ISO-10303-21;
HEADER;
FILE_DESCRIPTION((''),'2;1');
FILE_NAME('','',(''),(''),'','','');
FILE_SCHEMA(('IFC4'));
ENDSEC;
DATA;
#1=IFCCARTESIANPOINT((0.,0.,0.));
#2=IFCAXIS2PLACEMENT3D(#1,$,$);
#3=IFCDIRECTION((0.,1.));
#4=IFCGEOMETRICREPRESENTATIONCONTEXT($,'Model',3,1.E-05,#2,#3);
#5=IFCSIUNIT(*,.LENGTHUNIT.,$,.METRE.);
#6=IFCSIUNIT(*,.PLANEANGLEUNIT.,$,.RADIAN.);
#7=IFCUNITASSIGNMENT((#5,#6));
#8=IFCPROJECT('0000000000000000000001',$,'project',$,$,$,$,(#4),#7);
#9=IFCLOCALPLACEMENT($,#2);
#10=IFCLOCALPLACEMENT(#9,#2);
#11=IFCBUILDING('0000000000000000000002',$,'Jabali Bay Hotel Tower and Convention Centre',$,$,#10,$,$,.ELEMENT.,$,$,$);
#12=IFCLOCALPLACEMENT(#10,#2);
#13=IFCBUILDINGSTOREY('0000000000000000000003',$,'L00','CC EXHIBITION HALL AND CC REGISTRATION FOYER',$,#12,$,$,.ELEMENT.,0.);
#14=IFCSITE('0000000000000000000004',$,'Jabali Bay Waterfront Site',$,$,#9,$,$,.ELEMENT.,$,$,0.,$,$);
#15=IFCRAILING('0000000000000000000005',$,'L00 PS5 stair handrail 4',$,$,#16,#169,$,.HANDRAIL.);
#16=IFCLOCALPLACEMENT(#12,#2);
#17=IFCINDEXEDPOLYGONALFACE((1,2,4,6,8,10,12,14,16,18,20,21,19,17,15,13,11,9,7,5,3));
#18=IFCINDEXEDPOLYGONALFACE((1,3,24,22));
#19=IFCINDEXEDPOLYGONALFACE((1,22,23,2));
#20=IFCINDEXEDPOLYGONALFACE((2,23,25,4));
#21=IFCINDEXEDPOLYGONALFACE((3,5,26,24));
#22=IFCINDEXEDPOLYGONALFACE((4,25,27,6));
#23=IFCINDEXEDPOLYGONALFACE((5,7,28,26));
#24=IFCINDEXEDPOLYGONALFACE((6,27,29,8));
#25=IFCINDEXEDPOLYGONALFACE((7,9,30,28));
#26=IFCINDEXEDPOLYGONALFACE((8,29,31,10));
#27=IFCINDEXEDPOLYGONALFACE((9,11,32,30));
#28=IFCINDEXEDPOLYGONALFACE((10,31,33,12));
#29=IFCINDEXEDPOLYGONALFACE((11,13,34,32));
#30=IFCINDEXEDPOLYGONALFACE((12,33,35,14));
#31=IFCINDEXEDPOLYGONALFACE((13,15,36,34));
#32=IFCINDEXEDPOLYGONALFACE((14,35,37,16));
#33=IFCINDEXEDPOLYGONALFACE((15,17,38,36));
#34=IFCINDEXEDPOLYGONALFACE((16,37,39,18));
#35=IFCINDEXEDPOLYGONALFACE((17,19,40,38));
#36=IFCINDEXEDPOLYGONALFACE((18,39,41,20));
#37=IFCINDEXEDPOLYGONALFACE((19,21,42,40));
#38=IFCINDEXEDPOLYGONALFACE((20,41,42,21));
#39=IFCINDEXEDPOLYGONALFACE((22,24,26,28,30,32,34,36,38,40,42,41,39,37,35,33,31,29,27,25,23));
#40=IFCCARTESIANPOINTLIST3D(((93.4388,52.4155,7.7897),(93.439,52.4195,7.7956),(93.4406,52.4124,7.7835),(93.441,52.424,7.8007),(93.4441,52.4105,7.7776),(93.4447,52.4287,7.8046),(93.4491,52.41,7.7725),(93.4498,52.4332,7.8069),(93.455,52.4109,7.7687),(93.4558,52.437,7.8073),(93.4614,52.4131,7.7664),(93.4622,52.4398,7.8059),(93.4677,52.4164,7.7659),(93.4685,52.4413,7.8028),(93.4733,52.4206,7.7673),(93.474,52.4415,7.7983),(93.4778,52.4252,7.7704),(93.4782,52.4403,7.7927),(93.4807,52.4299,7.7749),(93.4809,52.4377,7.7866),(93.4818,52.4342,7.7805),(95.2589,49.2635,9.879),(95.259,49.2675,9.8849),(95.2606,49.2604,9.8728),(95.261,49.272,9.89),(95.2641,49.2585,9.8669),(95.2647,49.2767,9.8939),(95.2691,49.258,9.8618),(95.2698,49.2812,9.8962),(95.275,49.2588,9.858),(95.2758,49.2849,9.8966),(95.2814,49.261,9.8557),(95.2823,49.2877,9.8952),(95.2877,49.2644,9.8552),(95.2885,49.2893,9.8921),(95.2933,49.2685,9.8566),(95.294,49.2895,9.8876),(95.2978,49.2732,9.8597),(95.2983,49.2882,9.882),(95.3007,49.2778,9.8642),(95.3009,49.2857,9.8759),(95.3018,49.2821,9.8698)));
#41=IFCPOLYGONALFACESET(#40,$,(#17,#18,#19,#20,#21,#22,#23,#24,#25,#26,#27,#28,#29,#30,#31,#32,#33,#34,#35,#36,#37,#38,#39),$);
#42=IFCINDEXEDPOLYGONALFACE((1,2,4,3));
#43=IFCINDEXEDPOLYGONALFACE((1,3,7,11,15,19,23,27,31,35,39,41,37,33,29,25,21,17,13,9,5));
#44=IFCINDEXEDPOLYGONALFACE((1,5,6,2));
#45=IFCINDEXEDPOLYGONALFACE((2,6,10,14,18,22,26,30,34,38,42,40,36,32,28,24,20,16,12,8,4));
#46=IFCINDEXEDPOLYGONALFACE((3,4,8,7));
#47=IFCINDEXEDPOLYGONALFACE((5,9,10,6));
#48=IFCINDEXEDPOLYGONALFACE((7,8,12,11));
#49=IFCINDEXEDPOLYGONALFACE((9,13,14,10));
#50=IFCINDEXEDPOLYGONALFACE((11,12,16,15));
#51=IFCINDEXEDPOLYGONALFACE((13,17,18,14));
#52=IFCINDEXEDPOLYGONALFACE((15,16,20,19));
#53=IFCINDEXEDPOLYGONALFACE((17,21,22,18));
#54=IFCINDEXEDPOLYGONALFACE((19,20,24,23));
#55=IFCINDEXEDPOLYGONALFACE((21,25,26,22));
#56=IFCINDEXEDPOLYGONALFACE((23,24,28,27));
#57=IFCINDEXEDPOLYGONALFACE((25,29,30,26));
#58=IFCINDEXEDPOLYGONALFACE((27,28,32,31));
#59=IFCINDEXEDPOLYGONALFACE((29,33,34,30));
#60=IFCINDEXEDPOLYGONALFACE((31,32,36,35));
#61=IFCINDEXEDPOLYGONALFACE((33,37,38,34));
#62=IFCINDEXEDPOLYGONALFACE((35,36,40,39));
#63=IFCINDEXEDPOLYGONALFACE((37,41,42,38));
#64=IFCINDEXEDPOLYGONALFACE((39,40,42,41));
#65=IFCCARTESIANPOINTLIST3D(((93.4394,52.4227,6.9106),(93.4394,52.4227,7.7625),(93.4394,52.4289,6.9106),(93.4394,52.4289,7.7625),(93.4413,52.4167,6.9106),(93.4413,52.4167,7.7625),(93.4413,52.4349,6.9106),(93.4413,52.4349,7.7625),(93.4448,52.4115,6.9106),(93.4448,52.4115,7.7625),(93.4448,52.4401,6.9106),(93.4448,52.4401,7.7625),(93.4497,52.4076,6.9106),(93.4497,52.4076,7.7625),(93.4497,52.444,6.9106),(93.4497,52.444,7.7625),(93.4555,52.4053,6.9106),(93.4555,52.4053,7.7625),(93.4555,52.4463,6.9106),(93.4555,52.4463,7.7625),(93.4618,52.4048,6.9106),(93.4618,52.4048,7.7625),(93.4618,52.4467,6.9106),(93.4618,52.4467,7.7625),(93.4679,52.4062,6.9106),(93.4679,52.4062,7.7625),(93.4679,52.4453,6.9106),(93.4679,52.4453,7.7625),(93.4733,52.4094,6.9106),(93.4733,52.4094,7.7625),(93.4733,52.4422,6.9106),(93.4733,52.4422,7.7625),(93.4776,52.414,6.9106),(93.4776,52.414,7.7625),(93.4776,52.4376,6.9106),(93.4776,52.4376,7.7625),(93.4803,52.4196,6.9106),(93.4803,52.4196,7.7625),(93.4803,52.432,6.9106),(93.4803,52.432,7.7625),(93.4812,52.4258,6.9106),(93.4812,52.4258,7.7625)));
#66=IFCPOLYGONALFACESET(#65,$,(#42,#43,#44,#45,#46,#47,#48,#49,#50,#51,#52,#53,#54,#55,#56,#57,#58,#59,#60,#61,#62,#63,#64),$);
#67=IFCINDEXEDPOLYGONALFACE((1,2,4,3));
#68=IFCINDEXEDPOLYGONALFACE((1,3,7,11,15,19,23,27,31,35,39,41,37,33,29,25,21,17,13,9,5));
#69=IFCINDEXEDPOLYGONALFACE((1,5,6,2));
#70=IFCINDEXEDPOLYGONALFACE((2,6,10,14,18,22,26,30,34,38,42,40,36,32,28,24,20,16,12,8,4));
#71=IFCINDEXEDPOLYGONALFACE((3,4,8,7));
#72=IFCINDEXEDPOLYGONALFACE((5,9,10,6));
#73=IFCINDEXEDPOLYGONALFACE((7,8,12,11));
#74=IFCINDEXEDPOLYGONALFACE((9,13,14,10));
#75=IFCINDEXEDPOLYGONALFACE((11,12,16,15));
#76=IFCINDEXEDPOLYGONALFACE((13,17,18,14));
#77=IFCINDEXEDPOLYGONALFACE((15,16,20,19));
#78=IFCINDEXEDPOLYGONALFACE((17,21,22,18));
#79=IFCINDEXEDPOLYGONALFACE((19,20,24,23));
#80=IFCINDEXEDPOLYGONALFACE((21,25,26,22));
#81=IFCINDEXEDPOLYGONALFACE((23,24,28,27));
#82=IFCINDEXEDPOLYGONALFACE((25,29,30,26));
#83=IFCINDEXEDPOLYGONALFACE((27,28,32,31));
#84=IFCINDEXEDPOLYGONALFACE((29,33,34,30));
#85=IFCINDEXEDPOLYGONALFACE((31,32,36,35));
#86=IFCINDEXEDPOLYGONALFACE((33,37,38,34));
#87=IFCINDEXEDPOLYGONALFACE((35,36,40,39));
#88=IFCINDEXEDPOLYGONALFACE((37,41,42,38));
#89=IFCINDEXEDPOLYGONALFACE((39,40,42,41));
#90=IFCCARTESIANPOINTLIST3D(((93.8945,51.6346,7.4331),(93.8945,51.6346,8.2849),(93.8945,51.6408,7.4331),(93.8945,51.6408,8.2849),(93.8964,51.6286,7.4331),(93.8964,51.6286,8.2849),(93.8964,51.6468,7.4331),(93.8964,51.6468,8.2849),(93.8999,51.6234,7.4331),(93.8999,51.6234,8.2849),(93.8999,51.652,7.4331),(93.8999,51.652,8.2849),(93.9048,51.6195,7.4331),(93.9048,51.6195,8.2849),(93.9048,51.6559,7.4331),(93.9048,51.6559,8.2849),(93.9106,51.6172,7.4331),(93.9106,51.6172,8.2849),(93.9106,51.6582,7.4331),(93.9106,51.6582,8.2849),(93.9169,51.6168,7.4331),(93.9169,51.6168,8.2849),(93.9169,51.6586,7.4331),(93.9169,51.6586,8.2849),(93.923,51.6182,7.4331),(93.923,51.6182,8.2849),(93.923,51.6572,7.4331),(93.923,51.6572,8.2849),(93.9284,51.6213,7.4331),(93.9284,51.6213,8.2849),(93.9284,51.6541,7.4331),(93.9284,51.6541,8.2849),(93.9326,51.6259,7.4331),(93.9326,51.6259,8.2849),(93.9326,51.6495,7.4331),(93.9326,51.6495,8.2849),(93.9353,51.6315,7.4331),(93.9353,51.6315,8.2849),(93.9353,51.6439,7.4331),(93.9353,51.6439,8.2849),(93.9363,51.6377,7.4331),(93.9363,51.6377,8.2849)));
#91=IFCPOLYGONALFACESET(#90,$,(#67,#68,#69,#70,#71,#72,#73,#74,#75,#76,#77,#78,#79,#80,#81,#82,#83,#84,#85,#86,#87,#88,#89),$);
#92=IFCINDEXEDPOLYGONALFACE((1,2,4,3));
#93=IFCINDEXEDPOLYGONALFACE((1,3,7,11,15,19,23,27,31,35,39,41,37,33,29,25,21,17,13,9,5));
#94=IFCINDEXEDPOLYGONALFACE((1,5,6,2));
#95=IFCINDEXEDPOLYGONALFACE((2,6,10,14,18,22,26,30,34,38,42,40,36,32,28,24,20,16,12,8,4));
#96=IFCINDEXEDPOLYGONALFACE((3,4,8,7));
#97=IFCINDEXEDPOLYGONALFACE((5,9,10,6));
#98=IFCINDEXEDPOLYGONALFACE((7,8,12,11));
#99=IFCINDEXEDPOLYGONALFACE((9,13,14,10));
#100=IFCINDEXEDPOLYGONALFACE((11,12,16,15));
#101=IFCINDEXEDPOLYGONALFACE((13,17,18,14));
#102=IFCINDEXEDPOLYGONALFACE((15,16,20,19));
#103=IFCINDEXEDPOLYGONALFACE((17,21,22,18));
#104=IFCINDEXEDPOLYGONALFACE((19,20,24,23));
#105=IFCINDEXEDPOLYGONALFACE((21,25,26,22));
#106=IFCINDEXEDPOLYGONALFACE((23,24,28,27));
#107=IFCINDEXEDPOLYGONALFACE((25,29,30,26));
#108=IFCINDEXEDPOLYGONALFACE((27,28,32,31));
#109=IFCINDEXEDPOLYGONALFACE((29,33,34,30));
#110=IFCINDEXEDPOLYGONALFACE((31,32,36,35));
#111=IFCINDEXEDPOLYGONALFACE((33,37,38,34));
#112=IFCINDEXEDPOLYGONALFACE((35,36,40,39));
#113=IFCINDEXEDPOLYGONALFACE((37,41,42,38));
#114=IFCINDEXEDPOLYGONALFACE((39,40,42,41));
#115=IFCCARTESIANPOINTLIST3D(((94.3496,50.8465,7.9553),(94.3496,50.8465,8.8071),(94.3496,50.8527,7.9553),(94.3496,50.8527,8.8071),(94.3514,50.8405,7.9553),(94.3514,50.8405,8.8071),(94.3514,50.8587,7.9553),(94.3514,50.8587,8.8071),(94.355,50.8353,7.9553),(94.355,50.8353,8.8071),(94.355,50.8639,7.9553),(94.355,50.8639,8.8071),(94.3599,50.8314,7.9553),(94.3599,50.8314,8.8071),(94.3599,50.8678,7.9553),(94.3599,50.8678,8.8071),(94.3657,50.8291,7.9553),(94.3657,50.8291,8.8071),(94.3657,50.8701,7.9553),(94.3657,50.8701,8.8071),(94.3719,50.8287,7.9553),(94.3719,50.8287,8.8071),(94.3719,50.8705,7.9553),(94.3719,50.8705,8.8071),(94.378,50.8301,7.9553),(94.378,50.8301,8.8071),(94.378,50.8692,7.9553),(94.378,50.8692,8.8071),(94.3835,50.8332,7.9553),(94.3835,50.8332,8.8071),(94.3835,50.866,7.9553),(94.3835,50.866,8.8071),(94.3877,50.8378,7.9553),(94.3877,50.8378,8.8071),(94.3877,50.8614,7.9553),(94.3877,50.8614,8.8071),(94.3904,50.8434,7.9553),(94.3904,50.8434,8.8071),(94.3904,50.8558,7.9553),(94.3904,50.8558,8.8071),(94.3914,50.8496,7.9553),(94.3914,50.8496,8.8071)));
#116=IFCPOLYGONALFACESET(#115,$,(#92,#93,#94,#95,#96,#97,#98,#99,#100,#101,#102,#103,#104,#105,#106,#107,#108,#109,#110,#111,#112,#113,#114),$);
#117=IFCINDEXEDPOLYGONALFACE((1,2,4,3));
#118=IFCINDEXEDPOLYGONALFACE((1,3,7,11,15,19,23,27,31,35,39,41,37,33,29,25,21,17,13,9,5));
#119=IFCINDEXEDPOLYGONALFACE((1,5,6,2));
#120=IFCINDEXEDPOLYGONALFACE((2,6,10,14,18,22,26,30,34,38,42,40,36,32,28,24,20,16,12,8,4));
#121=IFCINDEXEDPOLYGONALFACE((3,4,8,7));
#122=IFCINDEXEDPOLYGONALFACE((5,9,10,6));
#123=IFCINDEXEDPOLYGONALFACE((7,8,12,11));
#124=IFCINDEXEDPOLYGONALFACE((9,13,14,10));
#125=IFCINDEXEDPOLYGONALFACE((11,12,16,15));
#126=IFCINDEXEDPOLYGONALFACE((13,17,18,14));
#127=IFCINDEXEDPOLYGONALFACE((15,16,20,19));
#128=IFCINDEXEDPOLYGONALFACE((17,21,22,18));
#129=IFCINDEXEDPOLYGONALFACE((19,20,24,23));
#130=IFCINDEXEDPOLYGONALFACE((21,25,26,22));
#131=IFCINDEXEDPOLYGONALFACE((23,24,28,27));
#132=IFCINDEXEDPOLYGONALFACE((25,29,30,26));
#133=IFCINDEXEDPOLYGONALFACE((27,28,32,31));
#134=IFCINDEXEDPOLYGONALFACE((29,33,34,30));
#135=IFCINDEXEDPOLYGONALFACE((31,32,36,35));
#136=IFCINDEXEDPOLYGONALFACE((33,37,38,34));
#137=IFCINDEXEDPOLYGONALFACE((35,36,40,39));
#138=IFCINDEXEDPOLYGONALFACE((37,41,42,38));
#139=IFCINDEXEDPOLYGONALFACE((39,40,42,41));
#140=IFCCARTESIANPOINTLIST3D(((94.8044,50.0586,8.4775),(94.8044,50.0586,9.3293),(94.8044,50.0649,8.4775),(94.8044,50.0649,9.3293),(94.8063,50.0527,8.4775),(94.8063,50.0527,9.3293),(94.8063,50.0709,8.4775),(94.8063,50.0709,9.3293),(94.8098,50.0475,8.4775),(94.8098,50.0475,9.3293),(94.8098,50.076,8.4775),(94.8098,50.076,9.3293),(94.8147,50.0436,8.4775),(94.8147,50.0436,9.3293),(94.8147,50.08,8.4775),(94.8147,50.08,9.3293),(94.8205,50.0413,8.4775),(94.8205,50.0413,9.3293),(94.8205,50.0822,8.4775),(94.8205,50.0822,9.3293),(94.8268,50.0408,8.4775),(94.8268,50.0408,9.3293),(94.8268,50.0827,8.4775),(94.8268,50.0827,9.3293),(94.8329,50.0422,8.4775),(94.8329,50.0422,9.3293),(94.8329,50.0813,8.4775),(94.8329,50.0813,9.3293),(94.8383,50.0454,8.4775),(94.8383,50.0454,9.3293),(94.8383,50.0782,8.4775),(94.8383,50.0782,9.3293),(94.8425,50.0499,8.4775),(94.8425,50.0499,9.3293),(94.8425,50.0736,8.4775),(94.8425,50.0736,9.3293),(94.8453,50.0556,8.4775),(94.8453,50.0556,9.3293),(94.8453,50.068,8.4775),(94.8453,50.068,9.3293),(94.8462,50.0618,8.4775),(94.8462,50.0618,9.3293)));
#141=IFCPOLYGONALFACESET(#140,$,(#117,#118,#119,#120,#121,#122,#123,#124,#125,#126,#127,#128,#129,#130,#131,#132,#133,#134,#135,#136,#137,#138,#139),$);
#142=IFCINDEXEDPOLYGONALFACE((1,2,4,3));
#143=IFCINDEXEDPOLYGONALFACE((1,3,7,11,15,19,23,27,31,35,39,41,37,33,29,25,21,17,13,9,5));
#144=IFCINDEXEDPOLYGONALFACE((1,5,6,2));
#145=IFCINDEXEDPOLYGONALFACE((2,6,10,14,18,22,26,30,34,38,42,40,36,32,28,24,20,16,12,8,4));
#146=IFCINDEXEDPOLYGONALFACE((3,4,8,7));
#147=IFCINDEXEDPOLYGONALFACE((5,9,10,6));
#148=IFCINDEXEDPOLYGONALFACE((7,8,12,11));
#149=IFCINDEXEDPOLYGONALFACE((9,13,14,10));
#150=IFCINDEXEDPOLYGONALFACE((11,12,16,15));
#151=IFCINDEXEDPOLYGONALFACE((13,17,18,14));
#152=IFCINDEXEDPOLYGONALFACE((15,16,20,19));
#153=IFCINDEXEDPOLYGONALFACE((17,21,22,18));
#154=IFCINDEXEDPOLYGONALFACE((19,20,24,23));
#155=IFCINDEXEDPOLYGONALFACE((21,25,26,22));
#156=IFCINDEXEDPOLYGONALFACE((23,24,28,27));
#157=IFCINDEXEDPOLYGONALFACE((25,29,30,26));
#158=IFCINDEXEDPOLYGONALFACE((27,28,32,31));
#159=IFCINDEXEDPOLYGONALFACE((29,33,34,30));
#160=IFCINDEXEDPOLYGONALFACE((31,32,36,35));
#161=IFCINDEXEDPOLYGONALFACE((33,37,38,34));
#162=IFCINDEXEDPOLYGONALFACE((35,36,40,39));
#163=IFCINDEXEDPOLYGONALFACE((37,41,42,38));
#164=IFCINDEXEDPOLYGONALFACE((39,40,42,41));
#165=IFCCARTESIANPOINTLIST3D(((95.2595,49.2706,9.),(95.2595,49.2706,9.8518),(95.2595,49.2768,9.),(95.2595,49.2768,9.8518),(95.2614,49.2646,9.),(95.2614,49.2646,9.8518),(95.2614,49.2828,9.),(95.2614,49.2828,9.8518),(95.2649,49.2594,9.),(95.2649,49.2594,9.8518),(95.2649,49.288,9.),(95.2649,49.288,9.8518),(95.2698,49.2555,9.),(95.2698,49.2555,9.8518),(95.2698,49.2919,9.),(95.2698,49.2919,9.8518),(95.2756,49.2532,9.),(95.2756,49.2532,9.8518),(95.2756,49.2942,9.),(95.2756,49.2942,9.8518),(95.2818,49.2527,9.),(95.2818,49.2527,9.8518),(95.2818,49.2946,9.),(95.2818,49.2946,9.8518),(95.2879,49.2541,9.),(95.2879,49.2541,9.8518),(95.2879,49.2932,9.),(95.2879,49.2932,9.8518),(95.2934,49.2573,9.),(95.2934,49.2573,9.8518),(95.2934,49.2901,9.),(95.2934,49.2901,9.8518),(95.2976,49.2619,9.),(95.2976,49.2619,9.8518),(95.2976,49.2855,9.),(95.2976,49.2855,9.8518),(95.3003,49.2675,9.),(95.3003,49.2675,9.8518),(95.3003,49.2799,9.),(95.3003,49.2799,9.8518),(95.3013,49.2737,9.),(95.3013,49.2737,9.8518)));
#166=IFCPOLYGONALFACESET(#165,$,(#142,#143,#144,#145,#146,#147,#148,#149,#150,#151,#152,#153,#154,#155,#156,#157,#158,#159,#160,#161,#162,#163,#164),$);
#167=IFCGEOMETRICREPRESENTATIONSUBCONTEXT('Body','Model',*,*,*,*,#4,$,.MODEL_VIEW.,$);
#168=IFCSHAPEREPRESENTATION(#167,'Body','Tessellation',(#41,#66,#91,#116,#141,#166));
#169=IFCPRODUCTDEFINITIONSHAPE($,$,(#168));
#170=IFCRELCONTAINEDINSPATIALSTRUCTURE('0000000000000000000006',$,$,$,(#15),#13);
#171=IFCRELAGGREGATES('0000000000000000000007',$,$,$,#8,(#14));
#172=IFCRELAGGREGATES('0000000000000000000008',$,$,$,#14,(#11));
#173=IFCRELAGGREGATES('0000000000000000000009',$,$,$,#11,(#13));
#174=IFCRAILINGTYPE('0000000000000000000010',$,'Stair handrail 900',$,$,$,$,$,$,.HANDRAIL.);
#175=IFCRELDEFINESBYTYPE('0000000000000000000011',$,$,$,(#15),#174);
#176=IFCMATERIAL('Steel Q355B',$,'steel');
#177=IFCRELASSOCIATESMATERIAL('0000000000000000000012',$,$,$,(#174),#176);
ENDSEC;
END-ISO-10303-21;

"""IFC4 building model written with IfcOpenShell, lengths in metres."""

from ifc_helpers import new_model, si_unit, direction, frame, origin, origin_2d, place, context, subcontext, project, spatial, circle, extrude, material, type_object, element, save


model = new_model("IFC4")

# Units and contexts
model_context = context("Model", 3, precision=1e-05, world=origin(), true_north=direction((0.0, 1.0)))
body_context = subcontext(model_context, "Body", "Model", "MODEL_VIEW")
ifc_project = project(units=[si_unit("LENGTHUNIT", "METRE"), si_unit("PLANEANGLEUNIT", "RADIAN")], contexts=[model_context])

# Site, building, storey
site_placement = place(None, origin())
site = spatial("IfcSite", under=ifc_project, at=site_placement, Name="Jabali Bay Waterfront Site", CompositionType="ELEMENT", RefElevation=0.0)
building_placement = place(site_placement, origin())
building = spatial("IfcBuilding", under=site, at=building_placement, Name="Jabali Bay Hotel Tower and Convention Centre", CompositionType="ELEMENT")
storey_placement = place(building_placement, origin())
storey = spatial("IfcBuildingStorey", under=building, at=storey_placement, Name="L00", Description="CC EXHIBITION HALL AND CC REGISTRATION FOYER", CompositionType="ELEMENT", Elevation=0.0)

# Railing
ifc_material_1 = material(Name="Steel Q355B", Category="steel")
railing_type_1 = type_object("IfcRailingType", Name="Stair handrail 900", PredefinedType="HANDRAIL", material=ifc_material_1)
for number, where, name in (
    (1, (93.4602, 52.4258, 6.9106), "L00 PS5 stair handrail 4"),
):
    element("IfcRailing", number, at=place(storey_placement, frame(where)), inside=storey, type_object=railing_type_1, Name=name, PredefinedType="HANDRAIL", context=body_context, shape_type="SweptSolid", body=[
        extrude(circle(Radius=0.0239, at=origin_2d()), frame((0.0, 0.0, 0.876), z_axis=(0.433672, -0.751058, 0.497836), x_axis=(0.866001, 0.500042, 0.0)), (0.0, 0.0, 1.0), 4.1968),
        extrude(circle(Radius=0.021, at=origin_2d()), origin(), (0.0, 0.0, 1.0), 0.8518),
        extrude(circle(Radius=0.021, at=origin_2d()), frame((0.4551, -0.7881, 0.5225)), (0.0, 0.0, 1.0), 0.8518),
        extrude(circle(Radius=0.021, at=origin_2d()), frame((0.9102, -1.5762, 1.0447)), (0.0, 0.0, 1.0), 0.8518),
        extrude(circle(Radius=0.021, at=origin_2d()), frame((1.365, -2.364, 1.5669)), (0.0, 0.0, 1.0), 0.8518),
        extrude(circle(Radius=0.021, at=origin_2d()), frame((1.8201, -3.1521, 2.0894)), (0.0, 0.0, 1.0), 0.8518),
    ])

save(model, "model.ifc")
